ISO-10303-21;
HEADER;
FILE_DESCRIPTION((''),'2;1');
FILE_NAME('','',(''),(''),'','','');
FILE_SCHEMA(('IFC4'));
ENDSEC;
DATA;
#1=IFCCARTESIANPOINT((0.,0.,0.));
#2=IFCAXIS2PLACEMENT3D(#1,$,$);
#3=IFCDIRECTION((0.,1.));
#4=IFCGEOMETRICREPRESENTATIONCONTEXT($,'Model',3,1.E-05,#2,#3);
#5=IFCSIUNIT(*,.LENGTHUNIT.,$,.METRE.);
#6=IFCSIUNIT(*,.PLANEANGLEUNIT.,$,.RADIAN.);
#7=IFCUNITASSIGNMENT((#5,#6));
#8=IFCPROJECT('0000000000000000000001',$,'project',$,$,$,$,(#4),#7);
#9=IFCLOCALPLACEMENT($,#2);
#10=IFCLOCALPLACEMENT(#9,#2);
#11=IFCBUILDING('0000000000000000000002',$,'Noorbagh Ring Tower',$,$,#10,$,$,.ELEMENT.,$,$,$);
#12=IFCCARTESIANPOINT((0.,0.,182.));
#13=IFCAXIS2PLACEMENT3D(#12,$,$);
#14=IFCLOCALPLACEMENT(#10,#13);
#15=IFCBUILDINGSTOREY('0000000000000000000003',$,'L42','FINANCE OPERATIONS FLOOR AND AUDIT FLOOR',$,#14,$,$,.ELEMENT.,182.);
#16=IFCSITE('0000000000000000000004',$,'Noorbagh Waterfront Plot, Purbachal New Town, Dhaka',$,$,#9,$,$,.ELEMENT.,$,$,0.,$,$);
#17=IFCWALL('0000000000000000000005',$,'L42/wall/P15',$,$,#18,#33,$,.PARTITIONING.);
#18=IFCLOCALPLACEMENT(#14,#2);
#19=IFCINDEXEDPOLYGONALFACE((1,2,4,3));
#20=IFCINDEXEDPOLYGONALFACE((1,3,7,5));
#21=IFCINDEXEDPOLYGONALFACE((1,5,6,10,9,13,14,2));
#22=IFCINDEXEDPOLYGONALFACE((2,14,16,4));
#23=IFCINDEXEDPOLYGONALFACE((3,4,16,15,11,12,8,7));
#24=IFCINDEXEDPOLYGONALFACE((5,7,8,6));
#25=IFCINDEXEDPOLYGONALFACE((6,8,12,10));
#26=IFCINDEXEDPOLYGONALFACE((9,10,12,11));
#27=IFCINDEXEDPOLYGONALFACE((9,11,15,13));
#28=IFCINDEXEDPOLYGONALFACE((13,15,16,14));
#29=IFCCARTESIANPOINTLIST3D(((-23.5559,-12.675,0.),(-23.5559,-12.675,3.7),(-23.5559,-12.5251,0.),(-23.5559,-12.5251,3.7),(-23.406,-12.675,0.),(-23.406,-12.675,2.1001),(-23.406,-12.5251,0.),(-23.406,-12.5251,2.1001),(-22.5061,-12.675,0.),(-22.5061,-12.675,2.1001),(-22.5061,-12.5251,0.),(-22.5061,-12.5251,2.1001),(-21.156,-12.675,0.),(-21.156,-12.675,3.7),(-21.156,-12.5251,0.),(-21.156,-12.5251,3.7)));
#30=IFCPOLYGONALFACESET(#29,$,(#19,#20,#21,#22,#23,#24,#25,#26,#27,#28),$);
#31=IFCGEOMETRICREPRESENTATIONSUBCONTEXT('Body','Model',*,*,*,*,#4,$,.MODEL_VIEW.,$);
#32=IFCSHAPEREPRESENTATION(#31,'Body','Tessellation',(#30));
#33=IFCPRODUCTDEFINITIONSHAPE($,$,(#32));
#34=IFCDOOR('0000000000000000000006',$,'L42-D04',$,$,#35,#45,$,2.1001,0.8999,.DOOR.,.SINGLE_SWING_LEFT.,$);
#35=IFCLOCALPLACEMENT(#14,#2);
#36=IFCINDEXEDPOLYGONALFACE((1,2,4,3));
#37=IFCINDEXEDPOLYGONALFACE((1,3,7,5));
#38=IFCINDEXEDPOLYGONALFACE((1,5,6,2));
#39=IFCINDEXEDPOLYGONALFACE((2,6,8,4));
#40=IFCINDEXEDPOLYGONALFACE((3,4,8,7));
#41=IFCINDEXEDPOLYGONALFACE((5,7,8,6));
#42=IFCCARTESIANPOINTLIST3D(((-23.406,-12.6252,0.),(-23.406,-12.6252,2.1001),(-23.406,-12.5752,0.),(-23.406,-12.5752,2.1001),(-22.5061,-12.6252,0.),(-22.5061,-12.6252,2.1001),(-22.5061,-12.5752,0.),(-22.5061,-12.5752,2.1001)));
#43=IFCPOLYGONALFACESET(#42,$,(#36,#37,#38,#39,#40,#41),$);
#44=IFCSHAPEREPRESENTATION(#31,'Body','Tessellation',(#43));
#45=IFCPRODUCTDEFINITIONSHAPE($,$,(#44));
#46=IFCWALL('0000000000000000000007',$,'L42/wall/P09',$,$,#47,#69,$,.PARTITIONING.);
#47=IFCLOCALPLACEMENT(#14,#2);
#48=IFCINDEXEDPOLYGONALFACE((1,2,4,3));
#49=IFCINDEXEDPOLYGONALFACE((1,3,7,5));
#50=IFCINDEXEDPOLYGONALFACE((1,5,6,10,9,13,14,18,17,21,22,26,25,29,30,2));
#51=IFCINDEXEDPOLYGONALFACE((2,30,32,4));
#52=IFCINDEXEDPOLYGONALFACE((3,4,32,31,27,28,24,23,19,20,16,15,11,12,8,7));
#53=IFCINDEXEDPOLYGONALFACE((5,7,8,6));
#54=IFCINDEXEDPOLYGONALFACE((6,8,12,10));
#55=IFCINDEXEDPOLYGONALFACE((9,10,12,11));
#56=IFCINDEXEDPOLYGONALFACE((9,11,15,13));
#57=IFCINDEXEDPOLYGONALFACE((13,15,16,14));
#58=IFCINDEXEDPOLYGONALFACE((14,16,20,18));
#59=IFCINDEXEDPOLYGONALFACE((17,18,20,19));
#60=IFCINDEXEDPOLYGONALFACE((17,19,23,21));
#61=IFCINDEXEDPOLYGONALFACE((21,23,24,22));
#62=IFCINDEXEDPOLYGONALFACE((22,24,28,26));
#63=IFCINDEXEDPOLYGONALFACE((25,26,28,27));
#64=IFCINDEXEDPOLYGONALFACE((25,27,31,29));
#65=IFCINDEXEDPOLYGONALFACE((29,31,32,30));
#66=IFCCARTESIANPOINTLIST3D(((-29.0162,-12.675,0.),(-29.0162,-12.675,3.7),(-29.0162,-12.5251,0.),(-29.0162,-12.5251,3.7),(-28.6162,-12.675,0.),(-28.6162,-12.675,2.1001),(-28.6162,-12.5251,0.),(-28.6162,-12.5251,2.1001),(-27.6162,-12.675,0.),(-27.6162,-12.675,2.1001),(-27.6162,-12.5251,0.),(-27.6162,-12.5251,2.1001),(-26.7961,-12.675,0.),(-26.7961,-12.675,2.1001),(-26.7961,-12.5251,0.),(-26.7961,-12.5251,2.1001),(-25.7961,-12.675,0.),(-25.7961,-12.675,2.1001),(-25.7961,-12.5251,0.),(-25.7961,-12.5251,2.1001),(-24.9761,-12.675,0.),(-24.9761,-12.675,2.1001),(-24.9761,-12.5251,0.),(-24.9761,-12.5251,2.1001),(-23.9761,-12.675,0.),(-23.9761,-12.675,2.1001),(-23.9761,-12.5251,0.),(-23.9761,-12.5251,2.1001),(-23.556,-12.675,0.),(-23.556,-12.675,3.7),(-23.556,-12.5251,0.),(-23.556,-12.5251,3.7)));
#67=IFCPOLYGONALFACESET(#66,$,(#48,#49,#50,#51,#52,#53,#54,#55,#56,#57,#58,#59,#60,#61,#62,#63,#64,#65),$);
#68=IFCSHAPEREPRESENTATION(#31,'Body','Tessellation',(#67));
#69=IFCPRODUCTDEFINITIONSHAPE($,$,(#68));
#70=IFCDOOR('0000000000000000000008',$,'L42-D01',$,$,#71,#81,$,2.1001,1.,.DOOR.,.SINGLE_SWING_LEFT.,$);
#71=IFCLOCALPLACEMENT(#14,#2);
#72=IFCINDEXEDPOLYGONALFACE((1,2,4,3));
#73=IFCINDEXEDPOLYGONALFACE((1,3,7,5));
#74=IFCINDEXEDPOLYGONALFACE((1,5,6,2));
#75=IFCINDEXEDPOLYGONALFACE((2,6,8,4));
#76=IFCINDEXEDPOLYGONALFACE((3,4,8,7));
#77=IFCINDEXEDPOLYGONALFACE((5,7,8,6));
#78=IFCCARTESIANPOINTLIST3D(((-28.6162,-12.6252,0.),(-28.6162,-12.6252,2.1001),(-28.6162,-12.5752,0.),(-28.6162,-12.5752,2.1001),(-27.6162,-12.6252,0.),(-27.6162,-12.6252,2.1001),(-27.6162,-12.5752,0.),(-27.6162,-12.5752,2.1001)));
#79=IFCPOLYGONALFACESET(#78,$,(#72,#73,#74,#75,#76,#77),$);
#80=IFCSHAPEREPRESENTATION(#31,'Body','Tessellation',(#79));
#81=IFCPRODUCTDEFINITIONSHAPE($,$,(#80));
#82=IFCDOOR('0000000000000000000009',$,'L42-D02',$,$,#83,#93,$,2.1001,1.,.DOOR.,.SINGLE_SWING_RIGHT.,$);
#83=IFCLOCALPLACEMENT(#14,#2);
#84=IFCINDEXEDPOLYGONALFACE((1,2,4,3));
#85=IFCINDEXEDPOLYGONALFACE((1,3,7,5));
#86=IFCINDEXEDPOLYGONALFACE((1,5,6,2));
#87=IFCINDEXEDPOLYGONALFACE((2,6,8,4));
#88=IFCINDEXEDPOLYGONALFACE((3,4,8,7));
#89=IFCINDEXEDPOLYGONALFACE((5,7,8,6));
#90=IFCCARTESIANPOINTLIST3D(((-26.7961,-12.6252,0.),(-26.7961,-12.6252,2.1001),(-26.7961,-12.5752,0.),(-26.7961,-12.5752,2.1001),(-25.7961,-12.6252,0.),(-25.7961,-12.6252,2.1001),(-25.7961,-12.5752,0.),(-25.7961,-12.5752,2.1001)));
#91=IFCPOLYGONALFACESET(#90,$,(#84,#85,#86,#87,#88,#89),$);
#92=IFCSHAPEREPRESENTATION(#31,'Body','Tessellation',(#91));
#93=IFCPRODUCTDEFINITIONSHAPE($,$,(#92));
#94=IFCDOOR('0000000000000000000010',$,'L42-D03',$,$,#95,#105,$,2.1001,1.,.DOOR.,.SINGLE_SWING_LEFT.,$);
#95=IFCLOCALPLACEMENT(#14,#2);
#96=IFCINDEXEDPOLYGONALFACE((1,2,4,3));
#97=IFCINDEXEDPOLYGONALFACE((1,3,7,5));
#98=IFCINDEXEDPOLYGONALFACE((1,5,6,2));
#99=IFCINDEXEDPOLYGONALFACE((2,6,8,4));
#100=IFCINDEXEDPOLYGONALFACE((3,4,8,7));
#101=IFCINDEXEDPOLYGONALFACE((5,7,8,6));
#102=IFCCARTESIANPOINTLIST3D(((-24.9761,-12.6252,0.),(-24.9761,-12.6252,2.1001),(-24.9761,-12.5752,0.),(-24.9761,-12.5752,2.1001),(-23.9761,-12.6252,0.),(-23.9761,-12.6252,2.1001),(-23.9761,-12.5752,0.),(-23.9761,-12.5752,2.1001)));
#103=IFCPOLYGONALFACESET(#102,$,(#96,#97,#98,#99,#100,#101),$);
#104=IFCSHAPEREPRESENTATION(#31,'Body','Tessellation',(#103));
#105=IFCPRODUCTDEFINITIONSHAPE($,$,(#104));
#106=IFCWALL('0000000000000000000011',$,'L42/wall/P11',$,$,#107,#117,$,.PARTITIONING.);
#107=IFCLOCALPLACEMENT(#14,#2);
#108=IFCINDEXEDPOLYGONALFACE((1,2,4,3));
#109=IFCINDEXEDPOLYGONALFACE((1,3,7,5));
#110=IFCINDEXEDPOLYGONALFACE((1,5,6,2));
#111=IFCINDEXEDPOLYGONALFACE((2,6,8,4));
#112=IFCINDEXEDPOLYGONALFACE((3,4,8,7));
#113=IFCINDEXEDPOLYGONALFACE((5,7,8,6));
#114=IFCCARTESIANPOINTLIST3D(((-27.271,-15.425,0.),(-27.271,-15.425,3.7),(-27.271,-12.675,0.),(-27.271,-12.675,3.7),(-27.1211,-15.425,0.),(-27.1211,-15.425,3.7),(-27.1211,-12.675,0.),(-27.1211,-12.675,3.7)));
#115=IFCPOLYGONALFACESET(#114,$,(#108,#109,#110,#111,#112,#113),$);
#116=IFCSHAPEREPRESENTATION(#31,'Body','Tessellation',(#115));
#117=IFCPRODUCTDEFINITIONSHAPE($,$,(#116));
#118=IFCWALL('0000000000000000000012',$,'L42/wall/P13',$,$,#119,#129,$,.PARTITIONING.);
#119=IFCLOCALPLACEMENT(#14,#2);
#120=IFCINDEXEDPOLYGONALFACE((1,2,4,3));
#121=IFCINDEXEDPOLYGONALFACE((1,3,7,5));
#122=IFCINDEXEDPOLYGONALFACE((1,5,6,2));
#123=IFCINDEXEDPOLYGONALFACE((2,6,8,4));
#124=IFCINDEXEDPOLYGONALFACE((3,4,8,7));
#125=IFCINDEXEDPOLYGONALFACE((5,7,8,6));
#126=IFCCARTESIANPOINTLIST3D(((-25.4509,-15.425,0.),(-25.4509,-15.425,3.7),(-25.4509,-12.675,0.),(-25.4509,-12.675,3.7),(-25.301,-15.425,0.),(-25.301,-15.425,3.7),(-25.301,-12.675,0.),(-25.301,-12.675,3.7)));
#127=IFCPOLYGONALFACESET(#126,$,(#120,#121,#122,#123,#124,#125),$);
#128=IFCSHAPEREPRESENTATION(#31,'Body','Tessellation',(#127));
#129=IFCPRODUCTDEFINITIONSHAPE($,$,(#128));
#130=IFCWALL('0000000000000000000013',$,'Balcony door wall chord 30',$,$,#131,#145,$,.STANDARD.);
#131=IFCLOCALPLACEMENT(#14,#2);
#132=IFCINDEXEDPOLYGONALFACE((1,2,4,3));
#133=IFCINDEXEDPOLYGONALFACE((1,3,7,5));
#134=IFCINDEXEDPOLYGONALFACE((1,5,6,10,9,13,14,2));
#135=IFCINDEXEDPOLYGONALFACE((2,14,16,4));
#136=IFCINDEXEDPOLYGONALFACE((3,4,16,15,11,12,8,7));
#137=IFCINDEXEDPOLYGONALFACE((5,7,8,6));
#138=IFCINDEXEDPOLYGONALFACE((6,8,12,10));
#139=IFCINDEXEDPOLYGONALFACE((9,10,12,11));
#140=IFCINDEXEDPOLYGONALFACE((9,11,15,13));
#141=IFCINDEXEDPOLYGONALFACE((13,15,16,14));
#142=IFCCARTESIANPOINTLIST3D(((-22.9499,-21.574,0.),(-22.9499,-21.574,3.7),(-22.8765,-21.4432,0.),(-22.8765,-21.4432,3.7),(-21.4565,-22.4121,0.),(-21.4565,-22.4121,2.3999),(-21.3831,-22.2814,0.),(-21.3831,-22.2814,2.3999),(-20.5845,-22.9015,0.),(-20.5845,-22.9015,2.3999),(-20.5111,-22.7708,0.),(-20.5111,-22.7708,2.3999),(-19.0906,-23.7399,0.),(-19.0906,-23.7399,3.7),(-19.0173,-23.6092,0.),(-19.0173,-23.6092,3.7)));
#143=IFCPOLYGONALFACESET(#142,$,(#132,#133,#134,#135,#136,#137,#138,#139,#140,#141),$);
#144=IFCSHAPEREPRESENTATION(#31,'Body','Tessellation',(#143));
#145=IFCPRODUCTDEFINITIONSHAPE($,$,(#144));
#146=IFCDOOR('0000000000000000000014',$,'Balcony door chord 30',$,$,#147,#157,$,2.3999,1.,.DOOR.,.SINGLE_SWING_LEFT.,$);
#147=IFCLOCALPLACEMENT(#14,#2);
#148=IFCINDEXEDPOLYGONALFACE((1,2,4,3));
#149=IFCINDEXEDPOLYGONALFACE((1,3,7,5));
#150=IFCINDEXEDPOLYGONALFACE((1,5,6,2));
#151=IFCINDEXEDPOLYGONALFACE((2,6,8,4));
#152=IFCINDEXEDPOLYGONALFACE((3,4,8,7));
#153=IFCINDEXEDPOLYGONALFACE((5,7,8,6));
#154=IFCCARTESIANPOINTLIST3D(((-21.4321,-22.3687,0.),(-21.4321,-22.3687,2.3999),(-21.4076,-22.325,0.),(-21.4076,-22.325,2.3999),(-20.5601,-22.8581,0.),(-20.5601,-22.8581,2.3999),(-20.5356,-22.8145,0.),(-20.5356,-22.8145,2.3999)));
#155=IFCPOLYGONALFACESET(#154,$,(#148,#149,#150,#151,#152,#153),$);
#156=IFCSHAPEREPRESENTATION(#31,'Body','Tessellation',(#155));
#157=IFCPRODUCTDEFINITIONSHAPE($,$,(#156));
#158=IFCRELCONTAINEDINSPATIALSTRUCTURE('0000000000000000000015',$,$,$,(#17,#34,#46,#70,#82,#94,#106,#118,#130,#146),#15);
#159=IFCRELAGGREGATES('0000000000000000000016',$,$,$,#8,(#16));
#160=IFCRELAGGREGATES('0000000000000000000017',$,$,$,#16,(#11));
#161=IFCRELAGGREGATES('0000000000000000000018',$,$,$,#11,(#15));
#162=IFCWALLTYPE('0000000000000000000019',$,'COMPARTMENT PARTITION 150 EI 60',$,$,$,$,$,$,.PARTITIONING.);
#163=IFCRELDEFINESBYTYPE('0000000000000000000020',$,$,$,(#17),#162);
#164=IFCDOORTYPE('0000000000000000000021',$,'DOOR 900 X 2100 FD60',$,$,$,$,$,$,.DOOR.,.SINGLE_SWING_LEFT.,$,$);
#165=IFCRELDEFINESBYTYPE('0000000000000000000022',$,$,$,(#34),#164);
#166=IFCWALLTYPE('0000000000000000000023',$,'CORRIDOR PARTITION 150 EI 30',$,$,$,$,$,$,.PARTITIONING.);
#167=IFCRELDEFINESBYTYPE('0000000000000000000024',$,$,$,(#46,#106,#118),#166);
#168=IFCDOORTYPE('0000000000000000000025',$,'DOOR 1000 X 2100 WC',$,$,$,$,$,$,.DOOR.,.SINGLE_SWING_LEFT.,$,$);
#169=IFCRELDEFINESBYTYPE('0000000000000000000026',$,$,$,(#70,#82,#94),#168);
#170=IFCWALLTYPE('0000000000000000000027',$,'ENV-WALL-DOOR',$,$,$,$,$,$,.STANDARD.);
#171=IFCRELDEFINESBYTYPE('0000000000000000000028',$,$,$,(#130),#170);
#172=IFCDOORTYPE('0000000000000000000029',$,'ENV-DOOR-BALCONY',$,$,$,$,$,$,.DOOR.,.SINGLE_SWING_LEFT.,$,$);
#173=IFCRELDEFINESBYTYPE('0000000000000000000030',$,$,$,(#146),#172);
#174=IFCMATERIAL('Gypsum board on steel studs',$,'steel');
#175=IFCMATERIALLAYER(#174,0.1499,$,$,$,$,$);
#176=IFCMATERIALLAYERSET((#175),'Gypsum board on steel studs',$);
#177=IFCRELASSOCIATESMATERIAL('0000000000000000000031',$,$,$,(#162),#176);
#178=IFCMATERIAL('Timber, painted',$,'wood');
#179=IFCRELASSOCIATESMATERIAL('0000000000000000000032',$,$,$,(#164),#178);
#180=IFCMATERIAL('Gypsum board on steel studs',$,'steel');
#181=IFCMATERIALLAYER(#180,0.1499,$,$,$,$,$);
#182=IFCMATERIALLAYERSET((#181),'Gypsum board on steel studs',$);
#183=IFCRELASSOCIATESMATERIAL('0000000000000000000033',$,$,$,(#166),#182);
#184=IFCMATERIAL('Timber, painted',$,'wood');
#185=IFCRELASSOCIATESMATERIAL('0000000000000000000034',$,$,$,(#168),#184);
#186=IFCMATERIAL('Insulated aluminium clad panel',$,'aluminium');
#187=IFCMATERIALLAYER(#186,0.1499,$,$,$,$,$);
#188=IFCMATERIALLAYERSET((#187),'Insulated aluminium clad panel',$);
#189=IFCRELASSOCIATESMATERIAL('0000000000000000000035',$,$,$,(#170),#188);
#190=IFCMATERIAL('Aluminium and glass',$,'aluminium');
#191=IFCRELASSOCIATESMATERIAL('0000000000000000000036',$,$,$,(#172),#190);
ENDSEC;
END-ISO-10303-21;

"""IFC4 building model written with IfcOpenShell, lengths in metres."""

from ifc_helpers import new_model, si_unit, direction, frame, frame_2d, origin, place, context, subcontext, project, spatial, rectangle, extrude, material, layer, layer_set, type_object, element, fill, save


model = new_model("IFC4")

# Units and contexts
model_context = context("Model", 3, precision=1e-05, world=origin(), true_north=direction((0.0, 1.0)))
body_context = subcontext(model_context, "Body", "Model", "MODEL_VIEW")
ifc_project = project(units=[si_unit("LENGTHUNIT", "METRE"), si_unit("PLANEANGLEUNIT", "RADIAN")], contexts=[model_context])

# Site, building, storey
site_placement = place(None, origin())
site = spatial("IfcSite", under=ifc_project, at=site_placement, Name="Noorbagh Waterfront Plot, Purbachal New Town, Dhaka", CompositionType="ELEMENT", RefElevation=0.0)
building_placement = place(site_placement, origin())
building = spatial("IfcBuilding", under=site, at=building_placement, Name="Noorbagh Ring Tower", CompositionType="ELEMENT")
storey_placement = place(building_placement, frame((0.0, 0.0, 182.0)))
storey = spatial("IfcBuildingStorey", under=building, at=storey_placement, Name="L42", Description="FINANCE OPERATIONS FLOOR AND AUDIT FLOOR", CompositionType="ELEMENT", Elevation=182.0)

# Shared definitions
ifc_material_1 = material(Name="Gypsum board on steel studs", Category="steel")
ifc_layer_1 = layer(ifc_material_1, 0.1499)
ifc_layer_set_1 = layer_set([ifc_layer_1], Name="Gypsum board on steel studs")
wall_type_1 = type_object("IfcWallType", Name="COMPARTMENT PARTITION 150 EI 60", PredefinedType="PARTITIONING", material=ifc_layer_set_1)
ifc_material_2 = material(Name="Timber, painted", Category="wood")
door_type_1 = type_object("IfcDoorType", Name="DOOR 900 X 2100 FD60", OperationType="SINGLE_SWING_LEFT", PredefinedType="DOOR", material=ifc_material_2)

# Wall, opening, door
wall_1_placement = place(storey_placement, frame((-23.5559, -12.6001, 0.0), z_axis=(0.0, 0.0, 1.0), x_axis=(1.0, 0.0, 0.0)))
wall_1 = element("IfcWall", 1, at=wall_1_placement, inside=storey, type_object=wall_type_1, Name="L42/wall/P15", PredefinedType="PARTITIONING", context=body_context, shape_type="SweptSolid", body=[
    extrude(rectangle(XDim=2.3999, YDim=0.1499, at=frame_2d((1.2, 0.0))), origin(), (0.0, 0.0, 1.0), 3.7),
])
opening_1_placement = place(wall_1_placement, frame((0.1499, 0.0, 0.0)))
opening_1 = element("IfcOpeningElement", 2, at=opening_1_placement, cuts=wall_1, PredefinedType="OPENING", context=body_context, shape_type="SweptSolid", body=[
    extrude(rectangle(XDim=0.8999, YDim=2.1001, at=frame_2d((0.45, 1.05))), frame((0.0, 0.085, 0.0), z_axis=(0.0, -1.0, 0.0), x_axis=(1.0, 0.0, 0.0)), (0.0, 0.0, 1.0), 0.1699),
])
door_1_placement = place(opening_1_placement, origin())
door_1 = element("IfcDoor", 3, at=door_1_placement, inside=storey, type_object=door_type_1, Name="L42-D04", OperationType="SINGLE_SWING_LEFT", OverallHeight=2.1001, OverallWidth=0.8999, PredefinedType="DOOR", context=body_context, shape_type="SweptSolid", body=[
    extrude(rectangle(XDim=0.8999, YDim=2.1001, at=frame_2d((0.45, 1.05))), frame((0.0, 0.0249, 0.0), z_axis=(0.0, -1.0, 0.0), x_axis=(1.0, 0.0, 0.0)), (0.0, 0.0, 1.0), 0.05),
])
fill(opening_1, door_1)

# Wall, openings, doors
ifc_material_3 = material(Name="Gypsum board on steel studs", Category="steel")
ifc_layer_2 = layer(ifc_material_3, 0.1499)
ifc_layer_set_2 = layer_set([ifc_layer_2], Name="Gypsum board on steel studs")
wall_type_2 = type_object("IfcWallType", Name="CORRIDOR PARTITION 150 EI 30", PredefinedType="PARTITIONING", material=ifc_layer_set_2)
wall_2_placement = place(storey_placement, frame((-29.0161, -12.6001, 0.0), z_axis=(0.0, 0.0, 1.0), x_axis=(1.0, 0.0, 0.0)))
wall_2 = element("IfcWall", 4, at=wall_2_placement, inside=storey, type_object=wall_type_2, Name="L42/wall/P09", PredefinedType="PARTITIONING", context=body_context, shape_type="SweptSolid", body=[
    extrude(rectangle(XDim=5.4602, YDim=0.1499, at=frame_2d((2.73, 0.0))), origin(), (0.0, 0.0, 1.0), 3.7),
])
opening_2_placement = place(wall_2_placement, frame((0.3999, 0.0, 0.0)))
opening_2 = element("IfcOpeningElement", 5, at=opening_2_placement, cuts=wall_2, PredefinedType="OPENING", context=body_context, shape_type="SweptSolid", body=[
    extrude(rectangle(XDim=1.0, YDim=2.1001, at=frame_2d((0.5, 1.05))), frame((0.0, 0.085, 0.0), z_axis=(0.0, -1.0, 0.0), x_axis=(1.0, 0.0, 0.0)), (0.0, 0.0, 1.0), 0.1699),
])
opening_3_placement = place(wall_2_placement, frame((2.22, 0.0, 0.0)))
opening_3 = element("IfcOpeningElement", 6, at=opening_3_placement, cuts=wall_2, PredefinedType="OPENING", context=body_context, shape_type="SweptSolid", body=[
    extrude(rectangle(XDim=1.0, YDim=2.1001, at=frame_2d((0.5, 1.05))), frame((0.0, 0.085, 0.0), z_axis=(0.0, -1.0, 0.0), x_axis=(1.0, 0.0, 0.0)), (0.0, 0.0, 1.0), 0.1699),
])
opening_4_placement = place(wall_2_placement, frame((4.04, 0.0, 0.0)))
opening_4 = element("IfcOpeningElement", 7, at=opening_4_placement, cuts=wall_2, PredefinedType="OPENING", context=body_context, shape_type="SweptSolid", body=[
    extrude(rectangle(XDim=1.0, YDim=2.1001, at=frame_2d((0.5, 1.05))), frame((0.0, 0.085, 0.0), z_axis=(0.0, -1.0, 0.0), x_axis=(1.0, 0.0, 0.0)), (0.0, 0.0, 1.0), 0.1699),
])
ifc_material_4 = material(Name="Timber, painted", Category="wood")
door_type_2 = type_object("IfcDoorType", Name="DOOR 1000 X 2100 WC", OperationType="SINGLE_SWING_LEFT", PredefinedType="DOOR", material=ifc_material_4)
door_2_placement = place(opening_2_placement, origin())
door_2 = element("IfcDoor", 8, at=door_2_placement, inside=storey, type_object=door_type_2, Name="L42-D01", OperationType="SINGLE_SWING_LEFT", OverallHeight=2.1001, OverallWidth=1.0, PredefinedType="DOOR", context=body_context, shape_type="SweptSolid", body=[
    extrude(rectangle(XDim=1.0, YDim=2.1001, at=frame_2d((0.5, 1.05))), frame((0.0, 0.0249, 0.0), z_axis=(0.0, -1.0, 0.0), x_axis=(1.0, 0.0, 0.0)), (0.0, 0.0, 1.0), 0.05),
])
fill(opening_2, door_2)
door_3_placement = place(opening_3_placement, origin())
door_3 = element("IfcDoor", 9, at=door_3_placement, inside=storey, type_object=door_type_2, Name="L42-D02", OperationType="SINGLE_SWING_RIGHT", OverallHeight=2.1001, OverallWidth=1.0, PredefinedType="DOOR", context=body_context, shape_type="SweptSolid", body=[
    extrude(rectangle(XDim=1.0, YDim=2.1001, at=frame_2d((0.5, 1.05))), frame((0.0, 0.0249, 0.0), z_axis=(0.0, -1.0, 0.0), x_axis=(1.0, 0.0, 0.0)), (0.0, 0.0, 1.0), 0.05),
])
fill(opening_3, door_3)
door_4_placement = place(opening_4_placement, origin())
door_4 = element("IfcDoor", 10, at=door_4_placement, inside=storey, type_object=door_type_2, Name="L42-D03", OperationType="SINGLE_SWING_LEFT", OverallHeight=2.1001, OverallWidth=1.0, PredefinedType="DOOR", context=body_context, shape_type="SweptSolid", body=[
    extrude(rectangle(XDim=1.0, YDim=2.1001, at=frame_2d((0.5, 1.05))), frame((0.0, 0.0249, 0.0), z_axis=(0.0, -1.0, 0.0), x_axis=(1.0, 0.0, 0.0)), (0.0, 0.0, 1.0), 0.05),
])
fill(opening_4, door_4)

# Walls
for number, where, z_axis, x_axis, name in (
    (11, (-27.196, -15.425, 0.0), (0.0, 0.0, 1.0), (0.0, 1.0, 0.0), "L42/wall/P11"),
    (12, (-25.376, -15.425, 0.0), (0.0, 0.0, 1.0), (0.0, 1.0, 0.0), "L42/wall/P13"),
):
    element("IfcWall", number, at=place(storey_placement, frame(where, z_axis=z_axis, x_axis=x_axis)), inside=storey, type_object=wall_type_2, Name=name, PredefinedType="PARTITIONING", context=body_context, shape_type="SweptSolid", body=[
        extrude(rectangle(XDim=2.75, YDim=0.1499, at=frame_2d((1.375, 0.0))), origin(), (0.0, 0.0, 1.0), 3.7),
    ])

# Wall, opening, door
ifc_material_5 = material(Name="Insulated aluminium clad panel", Category="aluminium")
ifc_layer_3 = layer(ifc_material_5, 0.1499)
ifc_layer_set_3 = layer_set([ifc_layer_3], Name="Insulated aluminium clad panel")
wall_type_3 = type_object("IfcWallType", Name="ENV-WALL-DOOR", PredefinedType="STANDARD", material=ifc_layer_set_3)
wall_3_placement = place(storey_placement, frame((-22.9133, -21.5085, 0.0), z_axis=(0.0, 0.0, 1.0), x_axis=(0.872047, -0.489423, 0.0)))
wall_3 = element("IfcWall", 13, at=wall_3_placement, inside=storey, type_object=wall_type_3, Name="Balcony door wall chord 30", PredefinedType="STANDARD", context=body_context, shape_type="SweptSolid", body=[
    extrude(rectangle(XDim=4.4255, YDim=0.1499, at=frame_2d((2.2129, 0.0))), origin(), (0.0, 0.0, 1.0), 3.7),
])
opening_5_placement = place(wall_3_placement, frame((1.7126, 0.0, 0.0)))
opening_5 = element("IfcOpeningElement", 14, at=opening_5_placement, cuts=wall_3, PredefinedType="OPENING", context=body_context, shape_type="SweptSolid", body=[
    extrude(rectangle(XDim=1.0, YDim=2.3999, at=frame_2d((0.5, 1.2))), frame((0.0, 0.085, 0.0), z_axis=(0.0, -1.0, 0.0), x_axis=(1.0, 0.0, 0.0)), (0.0, 0.0, 1.0), 0.1699),
])
ifc_material_6 = material(Name="Aluminium and glass", Category="aluminium")
door_type_3 = type_object("IfcDoorType", Name="ENV-DOOR-BALCONY", OperationType="SINGLE_SWING_LEFT", PredefinedType="DOOR", material=ifc_material_6)
door_5_placement = place(opening_5_placement, origin())
door_5 = element("IfcDoor", 15, at=door_5_placement, inside=storey, type_object=door_type_3, Name="Balcony door chord 30", OperationType="SINGLE_SWING_LEFT", OverallHeight=2.3999, OverallWidth=1.0, PredefinedType="DOOR", context=body_context, shape_type="SweptSolid", body=[
    extrude(rectangle(XDim=1.0, YDim=2.3999, at=frame_2d((0.5, 1.2))), frame((0.0, 0.0249, 0.0), z_axis=(0.0, -1.0, 0.0), x_axis=(1.0, 0.0, 0.0)), (0.0, 0.0, 1.0), 0.05),
])
fill(opening_5, door_5)

save(model, "model.ifc")
